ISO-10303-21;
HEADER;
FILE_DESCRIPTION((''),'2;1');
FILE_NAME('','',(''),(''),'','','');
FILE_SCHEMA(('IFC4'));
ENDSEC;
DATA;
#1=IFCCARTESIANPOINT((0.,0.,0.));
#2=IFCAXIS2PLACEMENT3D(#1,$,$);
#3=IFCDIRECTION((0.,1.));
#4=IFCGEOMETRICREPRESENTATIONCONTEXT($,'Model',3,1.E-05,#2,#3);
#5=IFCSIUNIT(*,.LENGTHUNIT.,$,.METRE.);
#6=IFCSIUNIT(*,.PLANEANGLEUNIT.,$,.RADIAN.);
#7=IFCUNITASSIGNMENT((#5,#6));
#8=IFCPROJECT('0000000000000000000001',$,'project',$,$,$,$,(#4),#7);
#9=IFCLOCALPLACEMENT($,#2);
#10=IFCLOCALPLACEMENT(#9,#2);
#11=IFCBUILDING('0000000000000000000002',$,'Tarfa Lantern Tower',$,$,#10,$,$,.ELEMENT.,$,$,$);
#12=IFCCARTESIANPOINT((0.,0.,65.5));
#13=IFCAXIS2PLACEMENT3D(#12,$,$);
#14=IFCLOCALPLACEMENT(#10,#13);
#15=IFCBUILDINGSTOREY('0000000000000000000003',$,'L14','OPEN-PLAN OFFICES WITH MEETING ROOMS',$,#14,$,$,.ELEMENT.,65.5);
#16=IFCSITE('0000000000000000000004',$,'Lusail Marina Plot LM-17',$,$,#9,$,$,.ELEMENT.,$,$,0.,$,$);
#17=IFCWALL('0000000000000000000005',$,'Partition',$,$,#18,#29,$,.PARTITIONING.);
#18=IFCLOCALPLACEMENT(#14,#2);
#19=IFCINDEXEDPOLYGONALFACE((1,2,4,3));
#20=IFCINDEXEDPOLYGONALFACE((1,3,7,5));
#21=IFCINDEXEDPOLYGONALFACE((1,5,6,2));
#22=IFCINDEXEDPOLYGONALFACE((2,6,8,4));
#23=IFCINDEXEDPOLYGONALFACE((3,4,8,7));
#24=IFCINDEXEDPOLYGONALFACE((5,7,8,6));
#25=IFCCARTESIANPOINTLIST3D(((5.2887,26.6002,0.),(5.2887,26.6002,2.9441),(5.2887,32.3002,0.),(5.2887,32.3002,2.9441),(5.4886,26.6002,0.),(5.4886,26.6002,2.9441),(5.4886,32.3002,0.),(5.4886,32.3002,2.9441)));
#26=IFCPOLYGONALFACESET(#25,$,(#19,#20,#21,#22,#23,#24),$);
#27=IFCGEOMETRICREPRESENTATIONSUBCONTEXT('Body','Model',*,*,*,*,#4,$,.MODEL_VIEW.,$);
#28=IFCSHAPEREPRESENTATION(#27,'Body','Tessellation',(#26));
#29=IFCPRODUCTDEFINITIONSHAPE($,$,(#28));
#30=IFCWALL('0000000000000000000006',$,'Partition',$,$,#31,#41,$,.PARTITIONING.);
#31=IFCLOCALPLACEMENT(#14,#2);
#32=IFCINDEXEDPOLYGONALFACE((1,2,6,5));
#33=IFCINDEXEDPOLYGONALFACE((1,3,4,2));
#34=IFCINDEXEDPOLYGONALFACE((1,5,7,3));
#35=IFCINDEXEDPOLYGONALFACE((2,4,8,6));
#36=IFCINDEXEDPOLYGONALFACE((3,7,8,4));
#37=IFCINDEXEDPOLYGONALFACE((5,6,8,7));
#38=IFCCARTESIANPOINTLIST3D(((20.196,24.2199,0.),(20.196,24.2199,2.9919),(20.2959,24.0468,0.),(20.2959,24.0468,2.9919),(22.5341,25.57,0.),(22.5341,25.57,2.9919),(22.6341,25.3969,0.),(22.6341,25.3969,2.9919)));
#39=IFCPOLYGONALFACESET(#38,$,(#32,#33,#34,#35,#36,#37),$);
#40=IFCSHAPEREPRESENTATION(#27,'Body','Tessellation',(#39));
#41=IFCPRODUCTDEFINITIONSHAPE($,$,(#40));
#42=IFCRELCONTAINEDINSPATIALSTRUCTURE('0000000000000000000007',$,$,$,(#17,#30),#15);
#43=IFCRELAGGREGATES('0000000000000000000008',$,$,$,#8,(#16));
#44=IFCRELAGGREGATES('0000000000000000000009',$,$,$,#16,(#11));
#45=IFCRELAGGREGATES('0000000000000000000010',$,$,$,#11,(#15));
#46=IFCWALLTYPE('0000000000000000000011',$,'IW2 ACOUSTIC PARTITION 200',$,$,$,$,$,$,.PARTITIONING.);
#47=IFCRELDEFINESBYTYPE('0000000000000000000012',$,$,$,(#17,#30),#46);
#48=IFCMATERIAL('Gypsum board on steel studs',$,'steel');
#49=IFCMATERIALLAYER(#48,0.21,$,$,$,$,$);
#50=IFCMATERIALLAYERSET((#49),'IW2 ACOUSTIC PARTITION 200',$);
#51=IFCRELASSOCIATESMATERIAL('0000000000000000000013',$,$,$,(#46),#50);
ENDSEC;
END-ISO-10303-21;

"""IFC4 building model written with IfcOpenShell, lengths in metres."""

from ifc_helpers import new_model, si_unit, direction, frame, frame_2d, origin, place, context, subcontext, project, spatial, rectangle, extrude, material, layer, layer_set, type_object, element, save


model = new_model("IFC4")

# Units and contexts
model_context = context("Model", 3, precision=1e-05, world=origin(), true_north=direction((0.0, 1.0)))
body_context = subcontext(model_context, "Body", "Model", "MODEL_VIEW")
ifc_project = project(units=[si_unit("LENGTHUNIT", "METRE"), si_unit("PLANEANGLEUNIT", "RADIAN")], contexts=[model_context])

# Site, building, storey
site_placement = place(None, origin())
site = spatial("IfcSite", under=ifc_project, at=site_placement, Name="Lusail Marina Plot LM-17", CompositionType="ELEMENT", RefElevation=0.0)
building_placement = place(site_placement, origin())
building = spatial("IfcBuilding", under=site, at=building_placement, Name="Tarfa Lantern Tower", CompositionType="ELEMENT")
storey_placement = place(building_placement, frame((0.0, 0.0, 65.5)))
storey = spatial("IfcBuildingStorey", under=building, at=storey_placement, Name="L14", Description="OPEN-PLAN OFFICES WITH MEETING ROOMS", CompositionType="ELEMENT", Elevation=65.5)

# Shared definitions
ifc_material_1 = material(Name="Gypsum board on steel studs", Category="steel")
ifc_layer_1 = layer(ifc_material_1, 0.21)
ifc_layer_set_1 = layer_set([ifc_layer_1], Name="IW2 ACOUSTIC PARTITION 200")
wall_type_1 = type_object("IfcWallType", Name="IW2 ACOUSTIC PARTITION 200", PredefinedType="PARTITIONING", material=ifc_layer_set_1)

# Walls
wall_1_placement = place(storey_placement, frame((5.3887, 26.6001, 0.0), z_axis=(0.0, 0.0, 1.0), x_axis=(0.0, 1.0, 0.0)))
element("IfcWall", 1, at=wall_1_placement, inside=storey, type_object=wall_type_1, Name="Partition", PredefinedType="PARTITIONING", context=body_context, shape_type="SweptSolid", body=[
    extrude(rectangle(XDim=5.7, YDim=0.2, at=frame_2d((2.8501, 0.0))), origin(), (0.0, 0.0, 1.0), 2.9441),
])
wall_2_placement = place(storey_placement, frame((20.2458, 24.1333, 0.0), z_axis=(0.0, 0.0, 1.0), x_axis=(0.865997, 0.500049, 0.0)))
element("IfcWall", 2, at=wall_2_placement, inside=storey, type_object=wall_type_1, Name="Partition", PredefinedType="PARTITIONING", context=body_context, shape_type="SweptSolid", body=[
    extrude(rectangle(XDim=2.7, YDim=0.2, at=frame_2d((1.3501, 0.0))), origin(), (0.0, 0.0, 1.0), 2.9919),
])

save(model, "model.ifc")
